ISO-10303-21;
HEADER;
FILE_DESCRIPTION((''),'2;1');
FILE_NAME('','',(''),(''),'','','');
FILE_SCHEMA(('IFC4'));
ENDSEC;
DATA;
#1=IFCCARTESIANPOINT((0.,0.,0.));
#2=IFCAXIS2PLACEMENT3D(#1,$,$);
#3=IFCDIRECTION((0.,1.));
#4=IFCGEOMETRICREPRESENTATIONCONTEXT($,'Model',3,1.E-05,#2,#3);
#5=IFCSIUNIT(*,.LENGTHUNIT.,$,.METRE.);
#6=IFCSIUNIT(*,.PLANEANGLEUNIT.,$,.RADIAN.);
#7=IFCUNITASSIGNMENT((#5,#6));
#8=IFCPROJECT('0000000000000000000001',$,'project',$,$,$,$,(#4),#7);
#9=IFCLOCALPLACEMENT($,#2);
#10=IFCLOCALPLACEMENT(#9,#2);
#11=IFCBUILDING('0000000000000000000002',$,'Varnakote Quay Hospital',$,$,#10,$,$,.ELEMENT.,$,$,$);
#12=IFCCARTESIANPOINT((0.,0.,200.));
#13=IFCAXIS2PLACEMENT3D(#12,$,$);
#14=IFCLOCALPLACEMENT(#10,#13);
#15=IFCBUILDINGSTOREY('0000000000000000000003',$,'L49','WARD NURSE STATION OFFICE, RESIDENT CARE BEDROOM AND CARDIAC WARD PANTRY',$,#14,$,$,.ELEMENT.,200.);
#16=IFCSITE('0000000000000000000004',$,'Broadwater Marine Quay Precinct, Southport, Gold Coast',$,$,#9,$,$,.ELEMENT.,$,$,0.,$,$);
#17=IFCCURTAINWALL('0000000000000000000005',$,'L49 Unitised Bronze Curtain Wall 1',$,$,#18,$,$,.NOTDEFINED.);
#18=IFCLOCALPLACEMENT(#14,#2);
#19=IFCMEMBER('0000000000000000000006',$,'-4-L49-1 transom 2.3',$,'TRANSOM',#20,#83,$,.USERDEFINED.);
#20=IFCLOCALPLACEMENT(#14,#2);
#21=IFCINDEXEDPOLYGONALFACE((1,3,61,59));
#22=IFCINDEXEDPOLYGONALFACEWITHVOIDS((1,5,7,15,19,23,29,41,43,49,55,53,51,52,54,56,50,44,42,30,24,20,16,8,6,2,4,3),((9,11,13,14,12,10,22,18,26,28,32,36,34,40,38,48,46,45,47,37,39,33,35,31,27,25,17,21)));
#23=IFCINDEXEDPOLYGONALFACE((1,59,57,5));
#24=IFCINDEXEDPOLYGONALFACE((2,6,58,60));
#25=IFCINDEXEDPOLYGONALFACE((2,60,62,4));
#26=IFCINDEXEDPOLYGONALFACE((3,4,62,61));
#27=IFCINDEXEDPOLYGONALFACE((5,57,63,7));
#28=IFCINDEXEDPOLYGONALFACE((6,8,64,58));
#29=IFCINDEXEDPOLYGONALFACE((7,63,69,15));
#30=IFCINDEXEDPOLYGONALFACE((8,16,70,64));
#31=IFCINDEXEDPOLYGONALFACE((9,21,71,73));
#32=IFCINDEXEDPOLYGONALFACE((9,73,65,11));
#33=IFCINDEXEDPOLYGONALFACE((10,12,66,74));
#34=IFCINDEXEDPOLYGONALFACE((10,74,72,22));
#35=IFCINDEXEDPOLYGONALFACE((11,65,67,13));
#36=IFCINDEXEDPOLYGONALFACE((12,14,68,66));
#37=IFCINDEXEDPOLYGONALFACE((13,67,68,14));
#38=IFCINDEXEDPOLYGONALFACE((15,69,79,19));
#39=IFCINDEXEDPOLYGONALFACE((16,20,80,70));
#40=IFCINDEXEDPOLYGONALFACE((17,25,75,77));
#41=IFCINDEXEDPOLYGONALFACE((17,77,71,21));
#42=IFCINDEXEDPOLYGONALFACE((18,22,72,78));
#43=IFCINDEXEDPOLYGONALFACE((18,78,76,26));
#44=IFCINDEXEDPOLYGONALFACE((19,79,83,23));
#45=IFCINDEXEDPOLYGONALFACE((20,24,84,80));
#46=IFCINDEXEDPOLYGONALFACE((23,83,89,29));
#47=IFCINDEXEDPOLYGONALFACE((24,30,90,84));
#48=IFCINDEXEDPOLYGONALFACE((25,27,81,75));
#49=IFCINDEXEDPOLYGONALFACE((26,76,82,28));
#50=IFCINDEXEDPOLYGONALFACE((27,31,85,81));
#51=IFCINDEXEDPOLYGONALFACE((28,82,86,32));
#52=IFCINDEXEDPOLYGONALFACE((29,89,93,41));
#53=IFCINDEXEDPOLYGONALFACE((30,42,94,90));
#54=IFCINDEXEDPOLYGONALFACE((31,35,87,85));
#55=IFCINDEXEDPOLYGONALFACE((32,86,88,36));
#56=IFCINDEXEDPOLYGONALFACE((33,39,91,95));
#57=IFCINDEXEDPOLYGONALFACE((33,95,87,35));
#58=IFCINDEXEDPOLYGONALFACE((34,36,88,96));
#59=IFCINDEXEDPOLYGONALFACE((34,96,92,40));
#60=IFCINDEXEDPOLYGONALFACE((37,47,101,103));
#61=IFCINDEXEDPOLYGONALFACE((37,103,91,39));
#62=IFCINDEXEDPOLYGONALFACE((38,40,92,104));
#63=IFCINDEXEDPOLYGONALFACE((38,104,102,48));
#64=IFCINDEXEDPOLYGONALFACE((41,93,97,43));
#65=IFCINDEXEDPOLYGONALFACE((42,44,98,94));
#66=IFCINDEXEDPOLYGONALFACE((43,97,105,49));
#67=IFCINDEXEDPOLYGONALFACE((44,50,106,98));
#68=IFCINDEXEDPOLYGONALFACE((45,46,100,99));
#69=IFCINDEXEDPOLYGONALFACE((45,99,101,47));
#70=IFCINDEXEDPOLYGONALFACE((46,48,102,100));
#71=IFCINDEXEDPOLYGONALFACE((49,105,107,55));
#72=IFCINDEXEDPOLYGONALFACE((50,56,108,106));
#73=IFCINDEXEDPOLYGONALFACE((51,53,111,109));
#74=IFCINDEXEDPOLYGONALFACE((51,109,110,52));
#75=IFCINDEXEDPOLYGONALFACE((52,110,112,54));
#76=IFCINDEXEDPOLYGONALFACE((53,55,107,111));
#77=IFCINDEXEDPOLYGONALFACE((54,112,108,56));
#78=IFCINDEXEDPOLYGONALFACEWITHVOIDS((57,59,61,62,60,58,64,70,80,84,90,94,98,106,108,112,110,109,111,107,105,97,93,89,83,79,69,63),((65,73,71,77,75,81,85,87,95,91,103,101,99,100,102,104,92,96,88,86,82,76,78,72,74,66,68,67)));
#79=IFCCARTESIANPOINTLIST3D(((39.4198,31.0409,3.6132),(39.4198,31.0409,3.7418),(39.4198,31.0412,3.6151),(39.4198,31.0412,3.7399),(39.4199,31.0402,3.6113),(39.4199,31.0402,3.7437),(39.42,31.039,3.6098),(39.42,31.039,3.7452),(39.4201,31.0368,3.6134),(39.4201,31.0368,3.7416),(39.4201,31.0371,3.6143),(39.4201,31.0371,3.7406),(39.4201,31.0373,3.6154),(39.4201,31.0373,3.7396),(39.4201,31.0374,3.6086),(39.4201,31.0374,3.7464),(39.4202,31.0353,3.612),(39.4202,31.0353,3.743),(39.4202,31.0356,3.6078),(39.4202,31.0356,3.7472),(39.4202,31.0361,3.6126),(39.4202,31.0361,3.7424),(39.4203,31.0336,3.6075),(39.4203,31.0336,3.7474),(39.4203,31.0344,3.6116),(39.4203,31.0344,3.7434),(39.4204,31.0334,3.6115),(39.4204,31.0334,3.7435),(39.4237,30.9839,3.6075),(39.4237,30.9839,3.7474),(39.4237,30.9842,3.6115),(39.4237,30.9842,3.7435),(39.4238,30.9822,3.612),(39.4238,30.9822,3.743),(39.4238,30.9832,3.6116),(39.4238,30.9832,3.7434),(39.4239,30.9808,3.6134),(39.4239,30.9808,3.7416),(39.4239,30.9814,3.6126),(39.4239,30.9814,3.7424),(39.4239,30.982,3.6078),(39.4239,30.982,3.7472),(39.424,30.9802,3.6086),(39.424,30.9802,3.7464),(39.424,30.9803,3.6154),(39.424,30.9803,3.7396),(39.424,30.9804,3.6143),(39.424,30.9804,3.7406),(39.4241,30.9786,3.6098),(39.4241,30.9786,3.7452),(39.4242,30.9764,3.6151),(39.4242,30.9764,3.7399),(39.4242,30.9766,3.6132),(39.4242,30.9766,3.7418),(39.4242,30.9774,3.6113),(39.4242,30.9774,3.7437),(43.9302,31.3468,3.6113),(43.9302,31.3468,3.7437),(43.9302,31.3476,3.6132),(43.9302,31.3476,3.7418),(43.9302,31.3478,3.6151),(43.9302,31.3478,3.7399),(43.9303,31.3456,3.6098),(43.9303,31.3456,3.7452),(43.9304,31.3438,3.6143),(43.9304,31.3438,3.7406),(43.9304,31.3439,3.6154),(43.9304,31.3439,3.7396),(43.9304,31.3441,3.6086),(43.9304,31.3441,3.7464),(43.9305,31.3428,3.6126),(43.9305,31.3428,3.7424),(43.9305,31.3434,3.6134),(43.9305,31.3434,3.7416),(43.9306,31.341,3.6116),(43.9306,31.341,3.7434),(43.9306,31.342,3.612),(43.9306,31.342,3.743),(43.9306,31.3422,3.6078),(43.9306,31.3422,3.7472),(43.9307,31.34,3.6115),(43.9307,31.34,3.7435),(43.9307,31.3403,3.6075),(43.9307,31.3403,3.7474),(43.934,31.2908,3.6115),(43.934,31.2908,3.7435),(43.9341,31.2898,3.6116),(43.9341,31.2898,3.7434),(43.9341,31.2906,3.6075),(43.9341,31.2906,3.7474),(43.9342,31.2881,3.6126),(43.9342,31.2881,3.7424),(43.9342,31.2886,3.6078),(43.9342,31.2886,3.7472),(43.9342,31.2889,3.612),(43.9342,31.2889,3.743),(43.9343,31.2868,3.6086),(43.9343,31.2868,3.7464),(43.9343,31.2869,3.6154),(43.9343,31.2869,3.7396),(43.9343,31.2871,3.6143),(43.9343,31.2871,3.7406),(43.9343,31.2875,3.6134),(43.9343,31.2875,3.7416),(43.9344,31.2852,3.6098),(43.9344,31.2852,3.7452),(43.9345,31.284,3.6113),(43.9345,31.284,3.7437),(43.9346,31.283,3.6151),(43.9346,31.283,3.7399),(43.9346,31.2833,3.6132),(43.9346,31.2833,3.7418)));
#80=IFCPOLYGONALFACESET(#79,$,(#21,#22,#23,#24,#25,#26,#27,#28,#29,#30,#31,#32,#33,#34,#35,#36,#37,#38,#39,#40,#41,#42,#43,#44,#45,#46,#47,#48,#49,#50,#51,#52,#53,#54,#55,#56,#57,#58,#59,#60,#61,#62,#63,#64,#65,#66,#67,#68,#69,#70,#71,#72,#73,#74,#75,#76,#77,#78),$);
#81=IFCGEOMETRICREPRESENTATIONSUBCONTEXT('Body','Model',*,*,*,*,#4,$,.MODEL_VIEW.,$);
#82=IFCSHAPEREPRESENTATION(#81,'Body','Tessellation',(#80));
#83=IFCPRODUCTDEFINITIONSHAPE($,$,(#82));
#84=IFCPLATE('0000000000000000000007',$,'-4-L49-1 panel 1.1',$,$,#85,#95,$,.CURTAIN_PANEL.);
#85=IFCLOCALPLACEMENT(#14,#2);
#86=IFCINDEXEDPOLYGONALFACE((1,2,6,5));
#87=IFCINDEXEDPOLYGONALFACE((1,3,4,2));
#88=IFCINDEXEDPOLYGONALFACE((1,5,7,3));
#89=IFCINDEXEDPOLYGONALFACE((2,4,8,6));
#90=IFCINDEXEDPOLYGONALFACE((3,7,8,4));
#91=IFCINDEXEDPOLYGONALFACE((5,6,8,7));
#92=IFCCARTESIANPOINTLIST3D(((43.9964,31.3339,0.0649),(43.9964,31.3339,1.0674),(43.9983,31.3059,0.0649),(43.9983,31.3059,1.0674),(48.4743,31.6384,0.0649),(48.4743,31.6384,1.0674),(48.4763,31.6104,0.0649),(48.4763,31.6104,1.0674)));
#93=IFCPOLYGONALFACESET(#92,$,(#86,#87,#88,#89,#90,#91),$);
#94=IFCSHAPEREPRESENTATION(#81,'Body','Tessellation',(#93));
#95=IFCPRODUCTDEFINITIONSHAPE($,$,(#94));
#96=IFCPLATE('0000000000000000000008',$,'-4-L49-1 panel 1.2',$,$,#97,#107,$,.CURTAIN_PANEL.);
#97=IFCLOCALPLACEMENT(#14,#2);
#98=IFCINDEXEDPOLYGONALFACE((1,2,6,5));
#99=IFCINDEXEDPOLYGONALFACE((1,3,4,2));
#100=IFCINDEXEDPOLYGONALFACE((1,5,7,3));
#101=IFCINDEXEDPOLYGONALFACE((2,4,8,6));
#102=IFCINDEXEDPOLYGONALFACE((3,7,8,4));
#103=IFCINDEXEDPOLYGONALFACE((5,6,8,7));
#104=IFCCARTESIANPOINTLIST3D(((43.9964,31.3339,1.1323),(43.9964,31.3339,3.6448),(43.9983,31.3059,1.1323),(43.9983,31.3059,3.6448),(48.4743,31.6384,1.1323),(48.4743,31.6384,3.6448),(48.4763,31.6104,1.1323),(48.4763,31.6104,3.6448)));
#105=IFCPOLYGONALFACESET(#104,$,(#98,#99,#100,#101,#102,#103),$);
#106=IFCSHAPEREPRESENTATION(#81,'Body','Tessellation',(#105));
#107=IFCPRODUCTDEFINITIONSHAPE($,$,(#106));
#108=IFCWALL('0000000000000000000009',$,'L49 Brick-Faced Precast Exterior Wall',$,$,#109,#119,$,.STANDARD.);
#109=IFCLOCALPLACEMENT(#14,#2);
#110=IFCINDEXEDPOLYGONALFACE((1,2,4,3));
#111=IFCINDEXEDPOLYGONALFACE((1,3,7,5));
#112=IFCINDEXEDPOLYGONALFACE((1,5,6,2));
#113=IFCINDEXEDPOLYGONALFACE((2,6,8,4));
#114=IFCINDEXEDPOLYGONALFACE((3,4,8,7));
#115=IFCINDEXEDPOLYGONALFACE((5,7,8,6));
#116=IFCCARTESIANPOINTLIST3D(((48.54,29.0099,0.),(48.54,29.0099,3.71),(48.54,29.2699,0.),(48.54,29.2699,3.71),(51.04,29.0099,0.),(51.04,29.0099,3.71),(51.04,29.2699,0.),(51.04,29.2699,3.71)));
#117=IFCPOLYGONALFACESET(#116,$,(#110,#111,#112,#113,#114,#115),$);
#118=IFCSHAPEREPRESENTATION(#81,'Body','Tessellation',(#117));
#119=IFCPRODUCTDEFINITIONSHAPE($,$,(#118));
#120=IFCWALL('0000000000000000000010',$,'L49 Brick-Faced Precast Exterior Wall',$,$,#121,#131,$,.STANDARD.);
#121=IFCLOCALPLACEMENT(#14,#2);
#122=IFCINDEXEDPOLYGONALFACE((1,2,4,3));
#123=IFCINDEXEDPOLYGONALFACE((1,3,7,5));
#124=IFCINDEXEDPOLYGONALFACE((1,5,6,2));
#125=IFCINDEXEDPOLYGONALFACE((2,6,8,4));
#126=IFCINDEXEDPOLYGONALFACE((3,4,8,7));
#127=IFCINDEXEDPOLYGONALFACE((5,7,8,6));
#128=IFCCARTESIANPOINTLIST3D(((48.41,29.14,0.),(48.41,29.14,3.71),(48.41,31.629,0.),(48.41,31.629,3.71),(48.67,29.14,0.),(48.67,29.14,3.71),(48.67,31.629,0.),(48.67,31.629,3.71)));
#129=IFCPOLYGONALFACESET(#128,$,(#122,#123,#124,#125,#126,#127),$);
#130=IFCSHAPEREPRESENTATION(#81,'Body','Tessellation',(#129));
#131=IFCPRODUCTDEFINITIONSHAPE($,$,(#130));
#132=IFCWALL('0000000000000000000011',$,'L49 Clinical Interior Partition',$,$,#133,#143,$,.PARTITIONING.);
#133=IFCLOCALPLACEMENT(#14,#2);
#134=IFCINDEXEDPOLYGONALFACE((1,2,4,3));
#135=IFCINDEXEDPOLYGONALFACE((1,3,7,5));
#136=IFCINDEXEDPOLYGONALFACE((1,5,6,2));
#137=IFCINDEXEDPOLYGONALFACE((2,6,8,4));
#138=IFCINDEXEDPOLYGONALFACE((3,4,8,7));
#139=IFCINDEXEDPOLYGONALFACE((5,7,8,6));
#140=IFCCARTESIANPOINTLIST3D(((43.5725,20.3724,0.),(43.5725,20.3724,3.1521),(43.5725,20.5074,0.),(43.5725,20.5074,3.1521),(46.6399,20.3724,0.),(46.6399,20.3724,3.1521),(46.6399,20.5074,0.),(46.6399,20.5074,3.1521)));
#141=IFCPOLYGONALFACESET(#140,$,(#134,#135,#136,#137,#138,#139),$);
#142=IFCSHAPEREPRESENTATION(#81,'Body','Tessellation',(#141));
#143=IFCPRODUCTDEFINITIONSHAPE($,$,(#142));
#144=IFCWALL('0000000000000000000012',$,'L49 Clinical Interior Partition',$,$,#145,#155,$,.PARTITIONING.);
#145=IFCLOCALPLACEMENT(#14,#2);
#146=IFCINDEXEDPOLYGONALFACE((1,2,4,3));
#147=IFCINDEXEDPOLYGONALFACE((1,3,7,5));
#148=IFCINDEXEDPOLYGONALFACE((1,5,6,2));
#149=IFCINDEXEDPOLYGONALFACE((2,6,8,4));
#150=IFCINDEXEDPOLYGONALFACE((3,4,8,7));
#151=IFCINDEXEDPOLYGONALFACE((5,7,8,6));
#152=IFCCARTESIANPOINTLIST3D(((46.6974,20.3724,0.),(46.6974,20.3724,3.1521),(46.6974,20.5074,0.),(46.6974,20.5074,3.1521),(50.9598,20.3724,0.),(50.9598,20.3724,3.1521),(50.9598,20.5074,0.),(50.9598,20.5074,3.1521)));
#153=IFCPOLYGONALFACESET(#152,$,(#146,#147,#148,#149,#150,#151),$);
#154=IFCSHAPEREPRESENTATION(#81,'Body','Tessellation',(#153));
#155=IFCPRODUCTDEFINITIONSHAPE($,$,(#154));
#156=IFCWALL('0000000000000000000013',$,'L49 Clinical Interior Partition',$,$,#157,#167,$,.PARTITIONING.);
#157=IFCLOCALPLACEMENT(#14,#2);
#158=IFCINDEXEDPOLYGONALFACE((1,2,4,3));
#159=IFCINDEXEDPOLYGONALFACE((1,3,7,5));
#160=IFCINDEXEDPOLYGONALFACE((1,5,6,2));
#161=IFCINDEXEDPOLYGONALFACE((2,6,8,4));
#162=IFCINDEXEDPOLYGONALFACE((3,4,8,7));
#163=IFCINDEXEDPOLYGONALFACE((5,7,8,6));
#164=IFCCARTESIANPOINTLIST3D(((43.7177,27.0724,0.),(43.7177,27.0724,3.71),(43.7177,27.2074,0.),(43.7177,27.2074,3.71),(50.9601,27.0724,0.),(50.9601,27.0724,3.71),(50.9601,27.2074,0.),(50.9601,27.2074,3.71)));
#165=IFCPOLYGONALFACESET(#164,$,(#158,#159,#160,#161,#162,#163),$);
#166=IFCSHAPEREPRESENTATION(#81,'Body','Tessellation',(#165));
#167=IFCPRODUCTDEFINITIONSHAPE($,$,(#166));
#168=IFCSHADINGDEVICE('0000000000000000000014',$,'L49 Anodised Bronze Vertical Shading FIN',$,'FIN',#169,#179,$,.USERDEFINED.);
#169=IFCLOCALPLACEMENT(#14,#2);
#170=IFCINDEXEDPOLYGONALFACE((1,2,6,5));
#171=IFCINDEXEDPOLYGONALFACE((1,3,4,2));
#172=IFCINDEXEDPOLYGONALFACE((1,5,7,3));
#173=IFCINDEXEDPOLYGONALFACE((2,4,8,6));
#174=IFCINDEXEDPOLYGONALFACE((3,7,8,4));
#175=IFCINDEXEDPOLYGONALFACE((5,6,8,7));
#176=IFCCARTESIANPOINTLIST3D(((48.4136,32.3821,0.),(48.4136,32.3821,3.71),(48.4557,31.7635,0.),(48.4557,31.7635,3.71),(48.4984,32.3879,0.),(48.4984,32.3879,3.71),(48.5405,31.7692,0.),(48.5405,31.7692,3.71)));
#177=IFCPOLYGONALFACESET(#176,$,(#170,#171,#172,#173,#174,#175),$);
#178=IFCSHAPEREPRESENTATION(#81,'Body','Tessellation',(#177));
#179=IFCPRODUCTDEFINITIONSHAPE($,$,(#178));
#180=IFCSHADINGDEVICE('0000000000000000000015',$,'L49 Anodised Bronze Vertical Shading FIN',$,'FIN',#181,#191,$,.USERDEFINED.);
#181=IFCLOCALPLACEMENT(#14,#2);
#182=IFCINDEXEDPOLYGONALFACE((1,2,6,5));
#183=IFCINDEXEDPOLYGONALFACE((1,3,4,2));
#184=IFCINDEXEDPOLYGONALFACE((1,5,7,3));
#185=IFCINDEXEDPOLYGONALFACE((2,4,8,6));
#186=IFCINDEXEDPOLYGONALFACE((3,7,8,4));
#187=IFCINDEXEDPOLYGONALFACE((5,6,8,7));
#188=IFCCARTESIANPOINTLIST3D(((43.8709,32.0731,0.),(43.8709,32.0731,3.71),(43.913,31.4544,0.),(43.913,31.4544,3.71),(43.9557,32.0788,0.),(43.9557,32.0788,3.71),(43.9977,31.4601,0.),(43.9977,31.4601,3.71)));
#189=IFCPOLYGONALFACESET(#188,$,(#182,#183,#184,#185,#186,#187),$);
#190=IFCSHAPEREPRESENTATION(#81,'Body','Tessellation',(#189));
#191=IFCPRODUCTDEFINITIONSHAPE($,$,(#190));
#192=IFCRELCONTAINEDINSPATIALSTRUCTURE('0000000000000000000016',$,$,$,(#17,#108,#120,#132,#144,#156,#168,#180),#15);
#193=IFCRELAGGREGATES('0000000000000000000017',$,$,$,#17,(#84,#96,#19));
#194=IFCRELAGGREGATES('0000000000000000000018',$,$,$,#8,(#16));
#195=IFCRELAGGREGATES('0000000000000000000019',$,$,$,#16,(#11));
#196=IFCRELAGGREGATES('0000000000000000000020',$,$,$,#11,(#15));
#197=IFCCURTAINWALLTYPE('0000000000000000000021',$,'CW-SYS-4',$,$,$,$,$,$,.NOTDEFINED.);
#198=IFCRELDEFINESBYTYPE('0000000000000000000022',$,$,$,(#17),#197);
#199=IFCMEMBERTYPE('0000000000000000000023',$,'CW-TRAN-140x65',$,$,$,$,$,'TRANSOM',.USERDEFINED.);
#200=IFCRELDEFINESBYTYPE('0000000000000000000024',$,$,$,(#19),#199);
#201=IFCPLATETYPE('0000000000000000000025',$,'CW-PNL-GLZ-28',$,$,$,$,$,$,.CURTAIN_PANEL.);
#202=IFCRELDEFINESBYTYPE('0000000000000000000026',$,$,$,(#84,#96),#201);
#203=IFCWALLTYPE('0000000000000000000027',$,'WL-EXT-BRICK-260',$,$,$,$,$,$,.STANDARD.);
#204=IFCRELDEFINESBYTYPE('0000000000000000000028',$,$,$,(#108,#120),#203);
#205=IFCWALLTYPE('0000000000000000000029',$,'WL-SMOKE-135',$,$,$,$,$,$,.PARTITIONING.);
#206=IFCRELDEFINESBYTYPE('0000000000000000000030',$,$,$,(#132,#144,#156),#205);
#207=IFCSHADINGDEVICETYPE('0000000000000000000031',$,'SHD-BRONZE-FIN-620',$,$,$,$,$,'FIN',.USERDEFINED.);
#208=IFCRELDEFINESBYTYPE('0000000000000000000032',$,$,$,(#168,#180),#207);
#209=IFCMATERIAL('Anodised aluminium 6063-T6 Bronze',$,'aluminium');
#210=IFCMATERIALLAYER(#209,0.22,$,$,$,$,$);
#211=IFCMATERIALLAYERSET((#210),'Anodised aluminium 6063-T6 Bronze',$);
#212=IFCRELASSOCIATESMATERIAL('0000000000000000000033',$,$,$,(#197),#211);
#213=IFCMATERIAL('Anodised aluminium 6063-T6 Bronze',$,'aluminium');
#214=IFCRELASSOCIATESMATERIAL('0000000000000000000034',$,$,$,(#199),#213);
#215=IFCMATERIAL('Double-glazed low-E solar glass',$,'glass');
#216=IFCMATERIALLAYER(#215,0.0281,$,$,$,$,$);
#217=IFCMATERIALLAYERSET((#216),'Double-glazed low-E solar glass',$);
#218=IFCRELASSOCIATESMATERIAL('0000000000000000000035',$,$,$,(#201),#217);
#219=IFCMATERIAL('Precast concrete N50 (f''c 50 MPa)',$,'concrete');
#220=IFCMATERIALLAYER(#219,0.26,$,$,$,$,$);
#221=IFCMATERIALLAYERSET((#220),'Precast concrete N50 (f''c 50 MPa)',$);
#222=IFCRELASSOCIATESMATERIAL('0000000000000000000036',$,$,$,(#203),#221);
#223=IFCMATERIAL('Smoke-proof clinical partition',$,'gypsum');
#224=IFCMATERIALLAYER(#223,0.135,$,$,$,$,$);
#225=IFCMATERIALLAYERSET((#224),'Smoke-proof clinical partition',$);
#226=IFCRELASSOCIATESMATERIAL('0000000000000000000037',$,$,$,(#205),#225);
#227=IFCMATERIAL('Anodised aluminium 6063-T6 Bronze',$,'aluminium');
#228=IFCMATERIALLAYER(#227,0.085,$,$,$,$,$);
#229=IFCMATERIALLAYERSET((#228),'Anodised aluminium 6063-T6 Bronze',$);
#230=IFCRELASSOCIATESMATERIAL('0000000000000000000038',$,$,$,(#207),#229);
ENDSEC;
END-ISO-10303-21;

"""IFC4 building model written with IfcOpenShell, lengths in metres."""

from ifc_helpers import new_model, si_unit, direction, frame, frame_2d, origin, origin_2d, place, context, subcontext, project, spatial, rectangle, hollow_rectangle, extrude, material, layer, layer_set, material_profile, profile_set, type_object, element, aggregate, save


model = new_model("IFC4")

# Units and contexts
model_context = context("Model", 3, precision=1e-05, world=origin(), true_north=direction((0.0, 1.0)))
body_context = subcontext(model_context, "Body", "Model", "MODEL_VIEW")
ifc_project = project(units=[si_unit("LENGTHUNIT", "METRE"), si_unit("PLANEANGLEUNIT", "RADIAN")], contexts=[model_context])

# Site, building, storey
site_placement = place(None, origin())
site = spatial("IfcSite", under=ifc_project, at=site_placement, Name="Broadwater Marine Quay Precinct, Southport, Gold Coast", CompositionType="ELEMENT", RefElevation=0.0)
building_placement = place(site_placement, origin())
building = spatial("IfcBuilding", under=site, at=building_placement, Name="Varnakote Quay Hospital", CompositionType="ELEMENT")
storey_placement = place(building_placement, frame((0.0, 0.0, 200.0)))
storey = spatial("IfcBuildingStorey", under=building, at=storey_placement, Name="L49", Description="WARD NURSE STATION OFFICE, RESIDENT CARE BEDROOM AND CARDIAC WARD PANTRY", CompositionType="ELEMENT", Elevation=200.0)

# Curtain wall, member, plates
ifc_material_1 = material(Name="Anodised aluminium 6063-T6 Bronze", Category="aluminium")
ifc_layer_1 = layer(ifc_material_1, 0.22)
ifc_layer_set_1 = layer_set([ifc_layer_1], Name="Anodised aluminium 6063-T6 Bronze")
curtain_wall_type = type_object("IfcCurtainWallType", Name="CW-SYS-4", PredefinedType="NOTDEFINED", material=ifc_layer_set_1)
curtain_wall_placement = place(storey_placement, origin())
curtain_wall = element("IfcCurtainWall", 1, at=curtain_wall_placement, inside=storey, type_object=curtain_wall_type, Name="L49 Unitised Bronze Curtain Wall 1", PredefinedType="NOTDEFINED")
ifc_material_2 = material(Name="Anodised aluminium 6063-T6 Bronze", Category="aluminium")
ifc_material_profile_1 = material_profile(ifc_material_2, hollow_rectangle(XDim=0.0649, YDim=0.1399, WallThickness=0.0039, InnerFilletRadius=0.0039, OuterFilletRadius=0.0076, at=origin_2d()), Name="CW-TRAN-140x65")
ifc_profile_set_1 = profile_set([ifc_material_profile_1], Name="Anodised aluminium 6063-T6 Bronze")
member_type_1 = type_object("IfcMemberType", Name="CW-TRAN-140x65", ElementType="TRANSOM", PredefinedType="USERDEFINED", material=ifc_profile_set_1)
member_1_placement = place(storey_placement, frame((43.9324, 31.3154, 3.6775), z_axis=(-0.997697, -0.067831, 0.0), x_axis=(0.067831, -0.997697, 0.0)))
member_1 = element("IfcMember", 2, at=member_1_placement, type_object=member_type_1, Name="-4-L49-1 transom 2.3", ObjectType="TRANSOM", PredefinedType="USERDEFINED", context=body_context, shape_type="SweptSolid", body=[
    extrude(hollow_rectangle(XDim=0.0649, YDim=0.1399, WallThickness=0.0039, InnerFilletRadius=0.0039, OuterFilletRadius=0.0076, at=origin_2d()), origin(), (0.0, 0.0, 1.0), 4.5208),
])
ifc_material_3 = material(Name="Double-glazed low-E solar glass", Category="glass")
ifc_layer_2 = layer(ifc_material_3, 0.0281)
ifc_layer_set_2 = layer_set([ifc_layer_2], Name="Double-glazed low-E solar glass")
plate_type = type_object("IfcPlateType", Name="CW-PNL-GLZ-28", PredefinedType="CURTAIN_PANEL", material=ifc_layer_set_2)
plate_1_placement = place(storey_placement, frame((46.2363, 31.4722, 0.0649), z_axis=(0.0, 0.0, 1.0), x_axis=(-0.997696, -0.067842, 0.0)))
plate_1 = element("IfcPlate", 3, at=plate_1_placement, type_object=plate_type, Name="-4-L49-1 panel 1.1", PredefinedType="CURTAIN_PANEL", context=body_context, shape_type="SweptSolid", body=[
    extrude(rectangle(XDim=4.4883, YDim=0.0281, at=origin_2d()), origin(), (0.0, 0.0, 1.0), 1.0024),
])
plate_2_placement = place(storey_placement, frame((46.2363, 31.4722, 1.1323), z_axis=(0.0, 0.0, 1.0), x_axis=(-0.997696, -0.067842, 0.0)))
plate_2 = element("IfcPlate", 4, at=plate_2_placement, type_object=plate_type, Name="-4-L49-1 panel 1.2", PredefinedType="CURTAIN_PANEL", context=body_context, shape_type="SweptSolid", body=[
    extrude(rectangle(XDim=4.4883, YDim=0.0281, at=origin_2d()), origin(), (0.0, 0.0, 1.0), 2.5125),
])
aggregate(curtain_wall, [plate_1, plate_2, member_1])

# Walls
ifc_material_4 = material(Name="Precast concrete N50 (f'c 50 MPa)", Category="concrete")
ifc_layer_3 = layer(ifc_material_4, 0.26)
ifc_layer_set_3 = layer_set([ifc_layer_3], Name="Precast concrete N50 (f'c 50 MPa)")
wall_type_1 = type_object("IfcWallType", Name="WL-EXT-BRICK-260", PredefinedType="STANDARD", material=ifc_layer_set_3)
wall_1_placement = place(storey_placement, frame((51.04, 29.1399, 0.0), z_axis=(0.0, 0.0, 1.0), x_axis=(-1.0, 0.0, 0.0)))
element("IfcWall", 5, at=wall_1_placement, inside=storey, type_object=wall_type_1, Name="L49 Brick-Faced Precast Exterior Wall", PredefinedType="STANDARD", context=body_context, shape_type="SweptSolid", body=[
    extrude(rectangle(XDim=2.5, YDim=0.26, at=frame_2d((1.25, 0.0))), origin(), (0.0, 0.0, 1.0), 3.71),
])
wall_2_placement = place(storey_placement, frame((48.54, 29.1399, 0.0), z_axis=(0.0, 0.0, 1.0), x_axis=(0.0, 1.0, 0.0)))
element("IfcWall", 6, at=wall_2_placement, inside=storey, type_object=wall_type_1, Name="L49 Brick-Faced Precast Exterior Wall", PredefinedType="STANDARD", context=body_context, shape_type="SweptSolid", body=[
    extrude(rectangle(XDim=2.489, YDim=0.26, at=frame_2d((1.2446, 0.0))), origin(), (0.0, 0.0, 1.0), 3.71),
])
ifc_material_5 = material(Name="Smoke-proof clinical partition", Category="gypsum")
ifc_layer_4 = layer(ifc_material_5, 0.135)
ifc_layer_set_4 = layer_set([ifc_layer_4], Name="Smoke-proof clinical partition")
wall_type_2 = type_object("IfcWallType", Name="WL-SMOKE-135", PredefinedType="PARTITIONING", material=ifc_layer_set_4)
wall_3_placement = place(storey_placement, frame((46.6399, 20.4399, 0.0), z_axis=(0.0, 0.0, 1.0), x_axis=(-1.0, 0.0, 0.0)))
element("IfcWall", 7, at=wall_3_placement, inside=storey, type_object=wall_type_2, Name="L49 Clinical Interior Partition", PredefinedType="PARTITIONING", context=body_context, shape_type="SweptSolid", body=[
    extrude(rectangle(XDim=3.0674, YDim=0.135, at=frame_2d((1.5337, 0.0))), origin(), (0.0, 0.0, 1.0), 3.1521),
])
wall_4_placement = place(storey_placement, frame((50.96, 20.4399, 0.0), z_axis=(0.0, 0.0, 1.0), x_axis=(-1.0, 0.0, 0.0)))
element("IfcWall", 8, at=wall_4_placement, inside=storey, type_object=wall_type_2, Name="L49 Clinical Interior Partition", PredefinedType="PARTITIONING", context=body_context, shape_type="SweptSolid", body=[
    extrude(rectangle(XDim=4.2625, YDim=0.135, at=frame_2d((2.1313, 0.0))), origin(), (0.0, 0.0, 1.0), 3.1521),
])
wall_5_placement = place(storey_placement, frame((50.96, 27.1399, 0.0), z_axis=(0.0, 0.0, 1.0), x_axis=(-1.0, 0.0, 0.0)))
element("IfcWall", 9, at=wall_5_placement, inside=storey, type_object=wall_type_2, Name="L49 Clinical Interior Partition", PredefinedType="PARTITIONING", context=body_context, shape_type="SweptSolid", body=[
    extrude(rectangle(XDim=7.2424, YDim=0.135, at=frame_2d((3.6211, 0.0))), origin(), (0.0, 0.0, 1.0), 3.71),
])

# Shading devices
ifc_material_6 = material(Name="Anodised aluminium 6063-T6 Bronze", Category="aluminium")
ifc_layer_5 = layer(ifc_material_6, 0.085)
ifc_layer_set_5 = layer_set([ifc_layer_5], Name="Anodised aluminium 6063-T6 Bronze")
shading_device_type = type_object("IfcShadingDeviceType", Name="SHD-BRONZE-FIN-620", ElementType="FIN", PredefinedType="USERDEFINED", material=ifc_layer_set_5)
for number, where, z_axis, x_axis, name in (
    (10, (48.4771, 32.0757, 0.0), (0.0, 0.0, 1.0), (0.067841, -0.997696, 0.0), "L49 Anodised Bronze Vertical Shading FIN"),
    (11, (43.9343, 31.7666, 0.0), (0.0, 0.0, 1.0), (0.067841, -0.997696, 0.0), "L49 Anodised Bronze Vertical Shading FIN"),
):
    element("IfcShadingDevice", number, at=place(storey_placement, frame(where, z_axis=z_axis, x_axis=x_axis)), inside=storey, type_object=shading_device_type, Name=name, ObjectType="FIN", PredefinedType="USERDEFINED", context=body_context, shape_type="SweptSolid", body=[
        extrude(rectangle(XDim=0.6201, YDim=0.085, at=origin_2d()), origin(), (0.0, 0.0, 1.0), 3.71),
    ])

save(model, "model.ifc")
